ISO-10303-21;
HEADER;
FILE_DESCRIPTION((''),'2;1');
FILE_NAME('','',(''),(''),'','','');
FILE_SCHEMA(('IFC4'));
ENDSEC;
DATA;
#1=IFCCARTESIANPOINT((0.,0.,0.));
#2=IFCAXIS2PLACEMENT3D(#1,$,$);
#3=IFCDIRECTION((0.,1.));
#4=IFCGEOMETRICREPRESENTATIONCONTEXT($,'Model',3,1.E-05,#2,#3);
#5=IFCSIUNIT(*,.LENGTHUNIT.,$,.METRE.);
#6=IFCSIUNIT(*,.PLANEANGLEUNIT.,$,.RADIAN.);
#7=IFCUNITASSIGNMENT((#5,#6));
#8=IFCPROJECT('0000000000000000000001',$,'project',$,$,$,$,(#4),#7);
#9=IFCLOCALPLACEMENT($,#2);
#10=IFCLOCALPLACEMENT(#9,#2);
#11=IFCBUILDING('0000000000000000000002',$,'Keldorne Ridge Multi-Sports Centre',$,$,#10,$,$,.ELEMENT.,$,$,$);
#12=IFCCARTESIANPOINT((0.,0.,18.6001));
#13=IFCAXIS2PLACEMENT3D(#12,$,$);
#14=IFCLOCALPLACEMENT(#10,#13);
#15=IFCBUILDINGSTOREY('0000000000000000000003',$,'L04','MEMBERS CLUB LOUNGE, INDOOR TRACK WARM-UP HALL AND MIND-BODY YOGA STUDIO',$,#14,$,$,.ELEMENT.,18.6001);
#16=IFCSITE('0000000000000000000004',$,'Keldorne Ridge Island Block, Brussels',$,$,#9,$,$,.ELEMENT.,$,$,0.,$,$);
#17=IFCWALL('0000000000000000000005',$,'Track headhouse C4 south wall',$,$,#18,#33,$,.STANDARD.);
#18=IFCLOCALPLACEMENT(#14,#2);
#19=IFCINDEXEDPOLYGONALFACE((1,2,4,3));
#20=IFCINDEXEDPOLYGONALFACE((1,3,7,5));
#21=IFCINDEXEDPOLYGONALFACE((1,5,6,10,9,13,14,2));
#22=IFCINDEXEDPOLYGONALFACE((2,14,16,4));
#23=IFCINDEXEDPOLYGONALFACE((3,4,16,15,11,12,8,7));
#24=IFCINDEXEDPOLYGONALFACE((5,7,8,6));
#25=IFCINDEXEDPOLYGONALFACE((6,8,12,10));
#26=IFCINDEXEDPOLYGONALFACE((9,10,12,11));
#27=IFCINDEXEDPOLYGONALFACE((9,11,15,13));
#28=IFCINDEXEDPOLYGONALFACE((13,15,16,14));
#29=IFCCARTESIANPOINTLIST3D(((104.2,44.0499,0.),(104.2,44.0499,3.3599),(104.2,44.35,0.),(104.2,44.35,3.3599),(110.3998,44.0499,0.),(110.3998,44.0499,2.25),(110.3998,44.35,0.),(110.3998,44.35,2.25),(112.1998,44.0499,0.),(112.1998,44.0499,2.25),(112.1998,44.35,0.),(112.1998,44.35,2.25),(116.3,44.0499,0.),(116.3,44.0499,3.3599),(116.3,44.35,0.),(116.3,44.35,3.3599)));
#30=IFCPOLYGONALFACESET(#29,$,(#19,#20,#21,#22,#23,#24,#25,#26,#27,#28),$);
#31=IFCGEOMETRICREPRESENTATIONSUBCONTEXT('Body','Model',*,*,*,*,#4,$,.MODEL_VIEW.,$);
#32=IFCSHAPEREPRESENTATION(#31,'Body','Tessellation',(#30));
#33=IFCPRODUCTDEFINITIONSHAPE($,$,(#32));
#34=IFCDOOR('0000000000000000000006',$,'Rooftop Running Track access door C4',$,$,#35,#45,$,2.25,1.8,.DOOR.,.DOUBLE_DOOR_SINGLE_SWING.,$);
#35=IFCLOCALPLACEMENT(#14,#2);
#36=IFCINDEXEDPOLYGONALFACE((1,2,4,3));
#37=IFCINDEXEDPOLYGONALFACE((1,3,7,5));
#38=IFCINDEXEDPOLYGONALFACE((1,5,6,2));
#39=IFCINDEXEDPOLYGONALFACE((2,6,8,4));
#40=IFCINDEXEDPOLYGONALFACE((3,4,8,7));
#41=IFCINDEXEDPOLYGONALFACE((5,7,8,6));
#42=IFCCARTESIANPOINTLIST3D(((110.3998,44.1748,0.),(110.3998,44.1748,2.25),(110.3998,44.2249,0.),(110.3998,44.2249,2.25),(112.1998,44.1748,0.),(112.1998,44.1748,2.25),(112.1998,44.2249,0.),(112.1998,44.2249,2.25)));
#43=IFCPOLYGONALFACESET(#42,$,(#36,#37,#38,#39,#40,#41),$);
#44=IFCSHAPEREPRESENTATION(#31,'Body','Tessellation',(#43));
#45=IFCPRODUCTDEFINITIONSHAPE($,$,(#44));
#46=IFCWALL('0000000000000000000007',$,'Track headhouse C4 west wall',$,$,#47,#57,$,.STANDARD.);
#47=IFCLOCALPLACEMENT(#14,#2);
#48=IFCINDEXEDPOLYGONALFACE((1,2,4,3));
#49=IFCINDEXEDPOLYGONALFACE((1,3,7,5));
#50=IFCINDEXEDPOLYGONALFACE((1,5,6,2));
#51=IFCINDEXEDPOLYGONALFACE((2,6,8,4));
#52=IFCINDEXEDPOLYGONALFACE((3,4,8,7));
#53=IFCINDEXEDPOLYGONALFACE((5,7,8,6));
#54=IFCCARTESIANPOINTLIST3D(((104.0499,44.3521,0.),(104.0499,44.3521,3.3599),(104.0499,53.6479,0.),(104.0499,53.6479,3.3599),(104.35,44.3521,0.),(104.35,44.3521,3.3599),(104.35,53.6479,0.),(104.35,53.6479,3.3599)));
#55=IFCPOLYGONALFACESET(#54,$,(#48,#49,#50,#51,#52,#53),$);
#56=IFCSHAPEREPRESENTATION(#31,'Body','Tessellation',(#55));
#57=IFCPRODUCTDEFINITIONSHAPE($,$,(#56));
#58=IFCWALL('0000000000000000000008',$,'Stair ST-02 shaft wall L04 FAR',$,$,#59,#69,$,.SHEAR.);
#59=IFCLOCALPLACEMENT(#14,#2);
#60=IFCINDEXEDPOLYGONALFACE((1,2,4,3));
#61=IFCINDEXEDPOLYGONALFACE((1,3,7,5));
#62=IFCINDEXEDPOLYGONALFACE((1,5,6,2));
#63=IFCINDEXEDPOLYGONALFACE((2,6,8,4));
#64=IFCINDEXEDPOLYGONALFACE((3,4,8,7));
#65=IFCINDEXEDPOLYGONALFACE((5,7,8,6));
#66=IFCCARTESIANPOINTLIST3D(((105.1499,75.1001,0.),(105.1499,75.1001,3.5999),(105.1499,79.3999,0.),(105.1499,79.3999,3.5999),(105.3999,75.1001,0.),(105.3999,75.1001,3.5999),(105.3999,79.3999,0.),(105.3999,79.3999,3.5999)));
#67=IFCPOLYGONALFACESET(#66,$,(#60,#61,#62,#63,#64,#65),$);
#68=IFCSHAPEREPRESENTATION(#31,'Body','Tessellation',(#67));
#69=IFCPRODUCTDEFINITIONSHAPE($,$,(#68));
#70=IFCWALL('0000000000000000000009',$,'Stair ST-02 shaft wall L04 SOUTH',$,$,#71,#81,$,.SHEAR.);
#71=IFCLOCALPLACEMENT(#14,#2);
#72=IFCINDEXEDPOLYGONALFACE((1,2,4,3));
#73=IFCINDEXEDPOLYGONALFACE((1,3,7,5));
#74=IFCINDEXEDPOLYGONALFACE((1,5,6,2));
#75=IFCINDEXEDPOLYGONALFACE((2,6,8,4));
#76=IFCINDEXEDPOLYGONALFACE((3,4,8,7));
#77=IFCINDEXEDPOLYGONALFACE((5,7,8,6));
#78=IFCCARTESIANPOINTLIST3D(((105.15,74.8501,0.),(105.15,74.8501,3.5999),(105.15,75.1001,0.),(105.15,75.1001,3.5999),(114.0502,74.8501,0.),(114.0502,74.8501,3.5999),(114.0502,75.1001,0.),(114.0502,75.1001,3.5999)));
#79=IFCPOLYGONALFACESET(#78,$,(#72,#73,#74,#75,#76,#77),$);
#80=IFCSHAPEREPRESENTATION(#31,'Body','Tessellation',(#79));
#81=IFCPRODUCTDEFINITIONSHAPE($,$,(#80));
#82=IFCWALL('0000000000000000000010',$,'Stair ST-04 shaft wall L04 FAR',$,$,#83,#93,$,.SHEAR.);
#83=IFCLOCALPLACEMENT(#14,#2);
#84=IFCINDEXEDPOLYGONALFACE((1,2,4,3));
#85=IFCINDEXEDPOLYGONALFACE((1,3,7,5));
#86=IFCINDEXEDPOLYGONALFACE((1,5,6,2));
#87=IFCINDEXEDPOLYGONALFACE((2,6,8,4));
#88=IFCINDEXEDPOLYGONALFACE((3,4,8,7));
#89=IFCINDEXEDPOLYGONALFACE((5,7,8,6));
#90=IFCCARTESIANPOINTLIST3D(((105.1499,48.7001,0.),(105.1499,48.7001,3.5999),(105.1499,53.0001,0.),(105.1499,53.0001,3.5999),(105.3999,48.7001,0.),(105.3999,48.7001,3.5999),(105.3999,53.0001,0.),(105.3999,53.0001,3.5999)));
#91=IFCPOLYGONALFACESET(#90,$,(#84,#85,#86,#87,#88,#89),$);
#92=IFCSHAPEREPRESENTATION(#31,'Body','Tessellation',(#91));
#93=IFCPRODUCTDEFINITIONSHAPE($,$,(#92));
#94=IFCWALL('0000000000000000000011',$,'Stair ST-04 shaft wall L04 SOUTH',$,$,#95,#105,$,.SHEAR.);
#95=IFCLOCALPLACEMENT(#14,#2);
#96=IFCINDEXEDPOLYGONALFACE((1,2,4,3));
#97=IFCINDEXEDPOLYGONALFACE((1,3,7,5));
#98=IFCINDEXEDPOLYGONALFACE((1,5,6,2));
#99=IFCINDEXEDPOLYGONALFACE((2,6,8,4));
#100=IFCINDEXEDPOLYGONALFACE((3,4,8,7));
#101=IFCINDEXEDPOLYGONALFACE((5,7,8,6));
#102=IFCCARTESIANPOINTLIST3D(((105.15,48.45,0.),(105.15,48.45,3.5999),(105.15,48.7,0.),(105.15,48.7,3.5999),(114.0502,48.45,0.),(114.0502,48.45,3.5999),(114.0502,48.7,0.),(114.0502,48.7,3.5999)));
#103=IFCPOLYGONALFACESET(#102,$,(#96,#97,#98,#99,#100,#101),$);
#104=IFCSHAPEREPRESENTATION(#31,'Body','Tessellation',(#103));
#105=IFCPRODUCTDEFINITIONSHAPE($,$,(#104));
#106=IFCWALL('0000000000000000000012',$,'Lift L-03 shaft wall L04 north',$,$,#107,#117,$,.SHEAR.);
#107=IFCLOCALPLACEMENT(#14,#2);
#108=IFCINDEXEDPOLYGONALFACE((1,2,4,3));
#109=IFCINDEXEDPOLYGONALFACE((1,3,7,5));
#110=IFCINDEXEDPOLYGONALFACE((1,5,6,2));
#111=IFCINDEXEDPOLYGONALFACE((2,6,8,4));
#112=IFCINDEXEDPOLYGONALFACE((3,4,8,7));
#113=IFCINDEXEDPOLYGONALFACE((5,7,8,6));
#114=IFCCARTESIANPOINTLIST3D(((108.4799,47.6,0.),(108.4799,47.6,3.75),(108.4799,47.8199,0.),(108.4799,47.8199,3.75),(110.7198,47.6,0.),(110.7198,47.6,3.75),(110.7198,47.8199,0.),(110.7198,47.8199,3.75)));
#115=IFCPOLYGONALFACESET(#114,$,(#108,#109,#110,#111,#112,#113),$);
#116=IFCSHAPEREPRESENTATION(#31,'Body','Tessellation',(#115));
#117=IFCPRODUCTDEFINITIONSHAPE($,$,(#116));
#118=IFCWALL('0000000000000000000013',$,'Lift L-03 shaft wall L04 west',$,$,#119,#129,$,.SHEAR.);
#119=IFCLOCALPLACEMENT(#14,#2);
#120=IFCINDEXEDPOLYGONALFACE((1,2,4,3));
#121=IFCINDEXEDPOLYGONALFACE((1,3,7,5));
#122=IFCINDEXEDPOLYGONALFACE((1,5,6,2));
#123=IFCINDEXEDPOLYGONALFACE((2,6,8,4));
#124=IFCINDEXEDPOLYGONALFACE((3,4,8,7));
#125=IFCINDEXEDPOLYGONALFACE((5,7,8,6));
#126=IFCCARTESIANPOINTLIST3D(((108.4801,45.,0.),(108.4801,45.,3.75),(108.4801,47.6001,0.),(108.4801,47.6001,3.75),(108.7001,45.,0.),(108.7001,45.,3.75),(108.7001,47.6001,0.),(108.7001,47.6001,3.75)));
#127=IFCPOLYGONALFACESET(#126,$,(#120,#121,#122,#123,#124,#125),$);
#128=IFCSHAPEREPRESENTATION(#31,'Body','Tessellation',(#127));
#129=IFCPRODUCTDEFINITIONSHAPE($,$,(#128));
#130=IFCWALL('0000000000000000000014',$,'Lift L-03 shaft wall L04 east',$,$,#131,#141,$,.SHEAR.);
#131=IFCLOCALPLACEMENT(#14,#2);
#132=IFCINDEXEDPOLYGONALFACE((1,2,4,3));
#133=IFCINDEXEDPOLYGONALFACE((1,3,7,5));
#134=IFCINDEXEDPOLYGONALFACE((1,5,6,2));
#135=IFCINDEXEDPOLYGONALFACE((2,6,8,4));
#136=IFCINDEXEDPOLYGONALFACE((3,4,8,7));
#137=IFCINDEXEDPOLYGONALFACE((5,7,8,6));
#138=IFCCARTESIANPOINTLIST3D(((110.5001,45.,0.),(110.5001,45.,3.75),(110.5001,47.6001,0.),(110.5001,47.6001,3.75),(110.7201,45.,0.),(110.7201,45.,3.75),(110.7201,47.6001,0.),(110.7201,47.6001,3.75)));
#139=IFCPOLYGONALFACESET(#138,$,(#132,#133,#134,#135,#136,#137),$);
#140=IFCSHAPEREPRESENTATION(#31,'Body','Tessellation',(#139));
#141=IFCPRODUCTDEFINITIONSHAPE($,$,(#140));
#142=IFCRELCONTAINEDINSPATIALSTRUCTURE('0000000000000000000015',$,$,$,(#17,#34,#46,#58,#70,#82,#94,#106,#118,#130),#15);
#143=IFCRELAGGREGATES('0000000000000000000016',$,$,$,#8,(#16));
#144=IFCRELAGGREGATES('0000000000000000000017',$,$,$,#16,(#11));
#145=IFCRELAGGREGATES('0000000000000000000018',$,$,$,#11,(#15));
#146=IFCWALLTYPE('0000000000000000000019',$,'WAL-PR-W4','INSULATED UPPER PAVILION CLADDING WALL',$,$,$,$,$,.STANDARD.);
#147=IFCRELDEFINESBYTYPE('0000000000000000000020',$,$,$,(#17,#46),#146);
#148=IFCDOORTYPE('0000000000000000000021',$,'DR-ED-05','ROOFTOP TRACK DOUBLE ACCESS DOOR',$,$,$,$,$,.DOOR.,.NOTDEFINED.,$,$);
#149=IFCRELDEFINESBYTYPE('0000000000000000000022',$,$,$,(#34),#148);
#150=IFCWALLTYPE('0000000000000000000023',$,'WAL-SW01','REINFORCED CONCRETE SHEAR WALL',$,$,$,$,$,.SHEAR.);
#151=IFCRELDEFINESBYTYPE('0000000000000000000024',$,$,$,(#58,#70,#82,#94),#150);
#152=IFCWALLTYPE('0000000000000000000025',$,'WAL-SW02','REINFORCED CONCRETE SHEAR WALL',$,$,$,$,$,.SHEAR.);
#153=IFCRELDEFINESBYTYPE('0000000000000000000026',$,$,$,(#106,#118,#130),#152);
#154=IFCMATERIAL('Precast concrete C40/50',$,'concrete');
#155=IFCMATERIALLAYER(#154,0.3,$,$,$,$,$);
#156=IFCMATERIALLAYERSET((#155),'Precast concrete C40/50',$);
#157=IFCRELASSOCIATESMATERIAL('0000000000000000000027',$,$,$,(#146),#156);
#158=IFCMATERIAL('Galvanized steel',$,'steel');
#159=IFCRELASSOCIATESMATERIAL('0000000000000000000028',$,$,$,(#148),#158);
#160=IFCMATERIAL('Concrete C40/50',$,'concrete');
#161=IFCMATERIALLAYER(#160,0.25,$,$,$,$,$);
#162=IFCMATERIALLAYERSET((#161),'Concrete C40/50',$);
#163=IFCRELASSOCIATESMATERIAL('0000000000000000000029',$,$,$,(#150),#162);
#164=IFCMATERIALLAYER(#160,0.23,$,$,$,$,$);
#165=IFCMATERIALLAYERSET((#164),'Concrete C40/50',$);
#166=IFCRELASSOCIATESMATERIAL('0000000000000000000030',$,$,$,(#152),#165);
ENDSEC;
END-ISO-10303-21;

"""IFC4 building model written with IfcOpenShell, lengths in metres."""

from ifc_helpers import new_model, si_unit, direction, frame, frame_2d, origin, place, context, subcontext, project, spatial, rectangle, extrude, material, layer, layer_set, type_object, element, fill, save


model = new_model("IFC4")

# Units and contexts
model_context = context("Model", 3, precision=1e-05, world=origin(), true_north=direction((0.0, 1.0)))
body_context = subcontext(model_context, "Body", "Model", "MODEL_VIEW")
ifc_project = project(units=[si_unit("LENGTHUNIT", "METRE"), si_unit("PLANEANGLEUNIT", "RADIAN")], contexts=[model_context])

# Site, building, storey
site_placement = place(None, origin())
site = spatial("IfcSite", under=ifc_project, at=site_placement, Name="Keldorne Ridge Island Block, Brussels", CompositionType="ELEMENT", RefElevation=0.0)
building_placement = place(site_placement, origin())
building = spatial("IfcBuilding", under=site, at=building_placement, Name="Keldorne Ridge Multi-Sports Centre", CompositionType="ELEMENT")
storey_placement = place(building_placement, frame((0.0, 0.0, 18.6001)))
storey = spatial("IfcBuildingStorey", under=building, at=storey_placement, Name="L04", Description="MEMBERS CLUB LOUNGE, INDOOR TRACK WARM-UP HALL AND MIND-BODY YOGA STUDIO", CompositionType="ELEMENT", Elevation=18.6001)

# Shared definitions
ifc_material_1 = material(Name="Precast concrete C40/50", Category="concrete")

# Wall, opening, door
ifc_layer_1 = layer(ifc_material_1, 0.3)
ifc_layer_set_1 = layer_set([ifc_layer_1], Name="Precast concrete C40/50")
wall_type_1 = type_object("IfcWallType", Name="WAL-PR-W4", Description="INSULATED UPPER PAVILION CLADDING WALL", PredefinedType="STANDARD", material=ifc_layer_set_1)
wall_1_placement = place(storey_placement, frame((104.2, 44.2, 0.0), z_axis=(0.0, 0.0, 1.0), x_axis=(1.0, 0.0, 0.0)))
wall_1 = element("IfcWall", 1, at=wall_1_placement, inside=storey, type_object=wall_type_1, Name="Track headhouse C4 south wall", PredefinedType="STANDARD", context=body_context, shape_type="SweptSolid", body=[
    extrude(rectangle(XDim=12.1001, YDim=0.3, at=frame_2d((6.05, 0.0))), origin(), (0.0, 0.0, 1.0), 3.3599),
])
opening_1_placement = place(wall_1_placement, frame((6.2, 0.0, 0.0)))
opening_1 = element("IfcOpeningElement", 2, at=opening_1_placement, cuts=wall_1, PredefinedType="OPENING", context=body_context, shape_type="SweptSolid", body=[
    extrude(rectangle(XDim=1.8, YDim=2.25, at=frame_2d((0.8999, 1.125))), frame((0.0, 0.1602, 0.0), z_axis=(0.0, -1.0, 0.0), x_axis=(1.0, 0.0, 0.0)), (0.0, 0.0, 1.0), 0.3201),
])
ifc_material_2 = material(Name="Galvanized steel", Category="steel")
door_type_1 = type_object("IfcDoorType", Name="DR-ED-05", Description="ROOFTOP TRACK DOUBLE ACCESS DOOR", OperationType="NOTDEFINED", PredefinedType="DOOR", material=ifc_material_2)
door_1_placement = place(opening_1_placement, origin())
door_1 = element("IfcDoor", 3, at=door_1_placement, inside=storey, type_object=door_type_1, Name="Rooftop Running Track access door C4", OperationType="DOUBLE_DOOR_SINGLE_SWING", OverallHeight=2.25, OverallWidth=1.8, PredefinedType="DOOR", context=body_context, shape_type="SweptSolid", body=[
    extrude(rectangle(XDim=1.8, YDim=2.25, at=frame_2d((0.8999, 1.125))), frame((0.0, 0.0249, 0.0), z_axis=(0.0, -1.0, 0.0), x_axis=(1.0, 0.0, 0.0)), (0.0, 0.0, 1.0), 0.05),
])
fill(opening_1, door_1)

# Walls
wall_2_placement = place(storey_placement, frame((104.2, 53.6479, 0.0), z_axis=(0.0, 0.0, 1.0), x_axis=(0.0, -1.0, 0.0)))
element("IfcWall", 4, at=wall_2_placement, inside=storey, type_object=wall_type_1, Name="Track headhouse C4 west wall", PredefinedType="STANDARD", context=body_context, shape_type="SweptSolid", body=[
    extrude(rectangle(XDim=9.2959, YDim=0.3, at=frame_2d((4.6479, 0.0))), origin(), (0.0, 0.0, 1.0), 3.3599),
])
ifc_material_3 = material(Name="Concrete C40/50", Category="concrete")
ifc_layer_2 = layer(ifc_material_3, 0.25)
ifc_layer_set_2 = layer_set([ifc_layer_2], Name="Concrete C40/50")
wall_type_2 = type_object("IfcWallType", Name="WAL-SW01", Description="REINFORCED CONCRETE SHEAR WALL", PredefinedType="SHEAR", material=ifc_layer_set_2)
wall_3_placement = place(storey_placement, frame((105.2749, 79.3999, 0.0), z_axis=(0.0, 0.0, 1.0), x_axis=(0.0, -1.0, 0.0)))
element("IfcWall", 5, at=wall_3_placement, inside=storey, type_object=wall_type_2, Name="Stair ST-02 shaft wall L04 FAR", PredefinedType="SHEAR", context=body_context, shape_type="SweptSolid", body=[
    extrude(rectangle(XDim=4.2998, YDim=0.25, at=frame_2d((2.1499, 0.0))), origin(), (0.0, 0.0, 1.0), 3.5999),
])
wall_4_placement = place(storey_placement, frame((105.1499, 74.9751, 0.0), z_axis=(0.0, 0.0, 1.0), x_axis=(1.0, 0.0, 0.0)))
element("IfcWall", 6, at=wall_4_placement, inside=storey, type_object=wall_type_2, Name="Stair ST-02 shaft wall L04 SOUTH", PredefinedType="SHEAR", context=body_context, shape_type="SweptSolid", body=[
    extrude(rectangle(XDim=8.9001, YDim=0.25, at=frame_2d((4.4502, 0.0))), origin(), (0.0, 0.0, 1.0), 3.5999),
])
wall_5_placement = place(storey_placement, frame((105.2749, 53.0, 0.0), z_axis=(0.0, 0.0, 1.0), x_axis=(0.0, -1.0, 0.0)))
element("IfcWall", 7, at=wall_5_placement, inside=storey, type_object=wall_type_2, Name="Stair ST-04 shaft wall L04 FAR", PredefinedType="SHEAR", context=body_context, shape_type="SweptSolid", body=[
    extrude(rectangle(XDim=4.3, YDim=0.25, at=frame_2d((2.1499, 0.0))), origin(), (0.0, 0.0, 1.0), 3.5999),
])
wall_6_placement = place(storey_placement, frame((105.1499, 48.575, 0.0), z_axis=(0.0, 0.0, 1.0), x_axis=(1.0, 0.0, 0.0)))
element("IfcWall", 8, at=wall_6_placement, inside=storey, type_object=wall_type_2, Name="Stair ST-04 shaft wall L04 SOUTH", PredefinedType="SHEAR", context=body_context, shape_type="SweptSolid", body=[
    extrude(rectangle(XDim=8.9001, YDim=0.25, at=frame_2d((4.4502, 0.0))), origin(), (0.0, 0.0, 1.0), 3.5999),
])

# Shared definitions
ifc_layer_3 = layer(ifc_material_3, 0.23)
ifc_layer_set_3 = layer_set([ifc_layer_3], Name="Concrete C40/50")
wall_type_3 = type_object("IfcWallType", Name="WAL-SW02", Description="REINFORCED CONCRETE SHEAR WALL", PredefinedType="SHEAR", material=ifc_layer_set_3)

# Walls
wall_7_placement = place(storey_placement, frame((110.72, 47.71, 0.0), z_axis=(0.0, 0.0, 1.0), x_axis=(-1.0, 0.0, 0.0)))
element("IfcWall", 9, at=wall_7_placement, inside=storey, type_object=wall_type_3, Name="Lift L-03 shaft wall L04 north", PredefinedType="SHEAR", context=body_context, shape_type="SweptSolid", body=[
    extrude(rectangle(XDim=2.24, YDim=0.22, at=frame_2d((1.1201, 0.0))), origin(), (0.0, 0.0, 1.0), 3.75),
])
for number, where, z_axis, x_axis, name in (
    (10, (108.5901, 47.6001, 0.0), (0.0, 0.0, 1.0), (0.0, -1.0, 0.0), "Lift L-03 shaft wall L04 west"),
    (11, (110.6101, 45.0, 0.0), (0.0, 0.0, 1.0), (0.0, 1.0, 0.0), "Lift L-03 shaft wall L04 east"),
):
    element("IfcWall", number, at=place(storey_placement, frame(where, z_axis=z_axis, x_axis=x_axis)), inside=storey, type_object=wall_type_3, Name=name, PredefinedType="SHEAR", context=body_context, shape_type="SweptSolid", body=[
        extrude(rectangle(XDim=2.6001, YDim=0.22, at=frame_2d((1.3, 0.0))), origin(), (0.0, 0.0, 1.0), 3.75),
    ])

save(model, "model.ifc")
